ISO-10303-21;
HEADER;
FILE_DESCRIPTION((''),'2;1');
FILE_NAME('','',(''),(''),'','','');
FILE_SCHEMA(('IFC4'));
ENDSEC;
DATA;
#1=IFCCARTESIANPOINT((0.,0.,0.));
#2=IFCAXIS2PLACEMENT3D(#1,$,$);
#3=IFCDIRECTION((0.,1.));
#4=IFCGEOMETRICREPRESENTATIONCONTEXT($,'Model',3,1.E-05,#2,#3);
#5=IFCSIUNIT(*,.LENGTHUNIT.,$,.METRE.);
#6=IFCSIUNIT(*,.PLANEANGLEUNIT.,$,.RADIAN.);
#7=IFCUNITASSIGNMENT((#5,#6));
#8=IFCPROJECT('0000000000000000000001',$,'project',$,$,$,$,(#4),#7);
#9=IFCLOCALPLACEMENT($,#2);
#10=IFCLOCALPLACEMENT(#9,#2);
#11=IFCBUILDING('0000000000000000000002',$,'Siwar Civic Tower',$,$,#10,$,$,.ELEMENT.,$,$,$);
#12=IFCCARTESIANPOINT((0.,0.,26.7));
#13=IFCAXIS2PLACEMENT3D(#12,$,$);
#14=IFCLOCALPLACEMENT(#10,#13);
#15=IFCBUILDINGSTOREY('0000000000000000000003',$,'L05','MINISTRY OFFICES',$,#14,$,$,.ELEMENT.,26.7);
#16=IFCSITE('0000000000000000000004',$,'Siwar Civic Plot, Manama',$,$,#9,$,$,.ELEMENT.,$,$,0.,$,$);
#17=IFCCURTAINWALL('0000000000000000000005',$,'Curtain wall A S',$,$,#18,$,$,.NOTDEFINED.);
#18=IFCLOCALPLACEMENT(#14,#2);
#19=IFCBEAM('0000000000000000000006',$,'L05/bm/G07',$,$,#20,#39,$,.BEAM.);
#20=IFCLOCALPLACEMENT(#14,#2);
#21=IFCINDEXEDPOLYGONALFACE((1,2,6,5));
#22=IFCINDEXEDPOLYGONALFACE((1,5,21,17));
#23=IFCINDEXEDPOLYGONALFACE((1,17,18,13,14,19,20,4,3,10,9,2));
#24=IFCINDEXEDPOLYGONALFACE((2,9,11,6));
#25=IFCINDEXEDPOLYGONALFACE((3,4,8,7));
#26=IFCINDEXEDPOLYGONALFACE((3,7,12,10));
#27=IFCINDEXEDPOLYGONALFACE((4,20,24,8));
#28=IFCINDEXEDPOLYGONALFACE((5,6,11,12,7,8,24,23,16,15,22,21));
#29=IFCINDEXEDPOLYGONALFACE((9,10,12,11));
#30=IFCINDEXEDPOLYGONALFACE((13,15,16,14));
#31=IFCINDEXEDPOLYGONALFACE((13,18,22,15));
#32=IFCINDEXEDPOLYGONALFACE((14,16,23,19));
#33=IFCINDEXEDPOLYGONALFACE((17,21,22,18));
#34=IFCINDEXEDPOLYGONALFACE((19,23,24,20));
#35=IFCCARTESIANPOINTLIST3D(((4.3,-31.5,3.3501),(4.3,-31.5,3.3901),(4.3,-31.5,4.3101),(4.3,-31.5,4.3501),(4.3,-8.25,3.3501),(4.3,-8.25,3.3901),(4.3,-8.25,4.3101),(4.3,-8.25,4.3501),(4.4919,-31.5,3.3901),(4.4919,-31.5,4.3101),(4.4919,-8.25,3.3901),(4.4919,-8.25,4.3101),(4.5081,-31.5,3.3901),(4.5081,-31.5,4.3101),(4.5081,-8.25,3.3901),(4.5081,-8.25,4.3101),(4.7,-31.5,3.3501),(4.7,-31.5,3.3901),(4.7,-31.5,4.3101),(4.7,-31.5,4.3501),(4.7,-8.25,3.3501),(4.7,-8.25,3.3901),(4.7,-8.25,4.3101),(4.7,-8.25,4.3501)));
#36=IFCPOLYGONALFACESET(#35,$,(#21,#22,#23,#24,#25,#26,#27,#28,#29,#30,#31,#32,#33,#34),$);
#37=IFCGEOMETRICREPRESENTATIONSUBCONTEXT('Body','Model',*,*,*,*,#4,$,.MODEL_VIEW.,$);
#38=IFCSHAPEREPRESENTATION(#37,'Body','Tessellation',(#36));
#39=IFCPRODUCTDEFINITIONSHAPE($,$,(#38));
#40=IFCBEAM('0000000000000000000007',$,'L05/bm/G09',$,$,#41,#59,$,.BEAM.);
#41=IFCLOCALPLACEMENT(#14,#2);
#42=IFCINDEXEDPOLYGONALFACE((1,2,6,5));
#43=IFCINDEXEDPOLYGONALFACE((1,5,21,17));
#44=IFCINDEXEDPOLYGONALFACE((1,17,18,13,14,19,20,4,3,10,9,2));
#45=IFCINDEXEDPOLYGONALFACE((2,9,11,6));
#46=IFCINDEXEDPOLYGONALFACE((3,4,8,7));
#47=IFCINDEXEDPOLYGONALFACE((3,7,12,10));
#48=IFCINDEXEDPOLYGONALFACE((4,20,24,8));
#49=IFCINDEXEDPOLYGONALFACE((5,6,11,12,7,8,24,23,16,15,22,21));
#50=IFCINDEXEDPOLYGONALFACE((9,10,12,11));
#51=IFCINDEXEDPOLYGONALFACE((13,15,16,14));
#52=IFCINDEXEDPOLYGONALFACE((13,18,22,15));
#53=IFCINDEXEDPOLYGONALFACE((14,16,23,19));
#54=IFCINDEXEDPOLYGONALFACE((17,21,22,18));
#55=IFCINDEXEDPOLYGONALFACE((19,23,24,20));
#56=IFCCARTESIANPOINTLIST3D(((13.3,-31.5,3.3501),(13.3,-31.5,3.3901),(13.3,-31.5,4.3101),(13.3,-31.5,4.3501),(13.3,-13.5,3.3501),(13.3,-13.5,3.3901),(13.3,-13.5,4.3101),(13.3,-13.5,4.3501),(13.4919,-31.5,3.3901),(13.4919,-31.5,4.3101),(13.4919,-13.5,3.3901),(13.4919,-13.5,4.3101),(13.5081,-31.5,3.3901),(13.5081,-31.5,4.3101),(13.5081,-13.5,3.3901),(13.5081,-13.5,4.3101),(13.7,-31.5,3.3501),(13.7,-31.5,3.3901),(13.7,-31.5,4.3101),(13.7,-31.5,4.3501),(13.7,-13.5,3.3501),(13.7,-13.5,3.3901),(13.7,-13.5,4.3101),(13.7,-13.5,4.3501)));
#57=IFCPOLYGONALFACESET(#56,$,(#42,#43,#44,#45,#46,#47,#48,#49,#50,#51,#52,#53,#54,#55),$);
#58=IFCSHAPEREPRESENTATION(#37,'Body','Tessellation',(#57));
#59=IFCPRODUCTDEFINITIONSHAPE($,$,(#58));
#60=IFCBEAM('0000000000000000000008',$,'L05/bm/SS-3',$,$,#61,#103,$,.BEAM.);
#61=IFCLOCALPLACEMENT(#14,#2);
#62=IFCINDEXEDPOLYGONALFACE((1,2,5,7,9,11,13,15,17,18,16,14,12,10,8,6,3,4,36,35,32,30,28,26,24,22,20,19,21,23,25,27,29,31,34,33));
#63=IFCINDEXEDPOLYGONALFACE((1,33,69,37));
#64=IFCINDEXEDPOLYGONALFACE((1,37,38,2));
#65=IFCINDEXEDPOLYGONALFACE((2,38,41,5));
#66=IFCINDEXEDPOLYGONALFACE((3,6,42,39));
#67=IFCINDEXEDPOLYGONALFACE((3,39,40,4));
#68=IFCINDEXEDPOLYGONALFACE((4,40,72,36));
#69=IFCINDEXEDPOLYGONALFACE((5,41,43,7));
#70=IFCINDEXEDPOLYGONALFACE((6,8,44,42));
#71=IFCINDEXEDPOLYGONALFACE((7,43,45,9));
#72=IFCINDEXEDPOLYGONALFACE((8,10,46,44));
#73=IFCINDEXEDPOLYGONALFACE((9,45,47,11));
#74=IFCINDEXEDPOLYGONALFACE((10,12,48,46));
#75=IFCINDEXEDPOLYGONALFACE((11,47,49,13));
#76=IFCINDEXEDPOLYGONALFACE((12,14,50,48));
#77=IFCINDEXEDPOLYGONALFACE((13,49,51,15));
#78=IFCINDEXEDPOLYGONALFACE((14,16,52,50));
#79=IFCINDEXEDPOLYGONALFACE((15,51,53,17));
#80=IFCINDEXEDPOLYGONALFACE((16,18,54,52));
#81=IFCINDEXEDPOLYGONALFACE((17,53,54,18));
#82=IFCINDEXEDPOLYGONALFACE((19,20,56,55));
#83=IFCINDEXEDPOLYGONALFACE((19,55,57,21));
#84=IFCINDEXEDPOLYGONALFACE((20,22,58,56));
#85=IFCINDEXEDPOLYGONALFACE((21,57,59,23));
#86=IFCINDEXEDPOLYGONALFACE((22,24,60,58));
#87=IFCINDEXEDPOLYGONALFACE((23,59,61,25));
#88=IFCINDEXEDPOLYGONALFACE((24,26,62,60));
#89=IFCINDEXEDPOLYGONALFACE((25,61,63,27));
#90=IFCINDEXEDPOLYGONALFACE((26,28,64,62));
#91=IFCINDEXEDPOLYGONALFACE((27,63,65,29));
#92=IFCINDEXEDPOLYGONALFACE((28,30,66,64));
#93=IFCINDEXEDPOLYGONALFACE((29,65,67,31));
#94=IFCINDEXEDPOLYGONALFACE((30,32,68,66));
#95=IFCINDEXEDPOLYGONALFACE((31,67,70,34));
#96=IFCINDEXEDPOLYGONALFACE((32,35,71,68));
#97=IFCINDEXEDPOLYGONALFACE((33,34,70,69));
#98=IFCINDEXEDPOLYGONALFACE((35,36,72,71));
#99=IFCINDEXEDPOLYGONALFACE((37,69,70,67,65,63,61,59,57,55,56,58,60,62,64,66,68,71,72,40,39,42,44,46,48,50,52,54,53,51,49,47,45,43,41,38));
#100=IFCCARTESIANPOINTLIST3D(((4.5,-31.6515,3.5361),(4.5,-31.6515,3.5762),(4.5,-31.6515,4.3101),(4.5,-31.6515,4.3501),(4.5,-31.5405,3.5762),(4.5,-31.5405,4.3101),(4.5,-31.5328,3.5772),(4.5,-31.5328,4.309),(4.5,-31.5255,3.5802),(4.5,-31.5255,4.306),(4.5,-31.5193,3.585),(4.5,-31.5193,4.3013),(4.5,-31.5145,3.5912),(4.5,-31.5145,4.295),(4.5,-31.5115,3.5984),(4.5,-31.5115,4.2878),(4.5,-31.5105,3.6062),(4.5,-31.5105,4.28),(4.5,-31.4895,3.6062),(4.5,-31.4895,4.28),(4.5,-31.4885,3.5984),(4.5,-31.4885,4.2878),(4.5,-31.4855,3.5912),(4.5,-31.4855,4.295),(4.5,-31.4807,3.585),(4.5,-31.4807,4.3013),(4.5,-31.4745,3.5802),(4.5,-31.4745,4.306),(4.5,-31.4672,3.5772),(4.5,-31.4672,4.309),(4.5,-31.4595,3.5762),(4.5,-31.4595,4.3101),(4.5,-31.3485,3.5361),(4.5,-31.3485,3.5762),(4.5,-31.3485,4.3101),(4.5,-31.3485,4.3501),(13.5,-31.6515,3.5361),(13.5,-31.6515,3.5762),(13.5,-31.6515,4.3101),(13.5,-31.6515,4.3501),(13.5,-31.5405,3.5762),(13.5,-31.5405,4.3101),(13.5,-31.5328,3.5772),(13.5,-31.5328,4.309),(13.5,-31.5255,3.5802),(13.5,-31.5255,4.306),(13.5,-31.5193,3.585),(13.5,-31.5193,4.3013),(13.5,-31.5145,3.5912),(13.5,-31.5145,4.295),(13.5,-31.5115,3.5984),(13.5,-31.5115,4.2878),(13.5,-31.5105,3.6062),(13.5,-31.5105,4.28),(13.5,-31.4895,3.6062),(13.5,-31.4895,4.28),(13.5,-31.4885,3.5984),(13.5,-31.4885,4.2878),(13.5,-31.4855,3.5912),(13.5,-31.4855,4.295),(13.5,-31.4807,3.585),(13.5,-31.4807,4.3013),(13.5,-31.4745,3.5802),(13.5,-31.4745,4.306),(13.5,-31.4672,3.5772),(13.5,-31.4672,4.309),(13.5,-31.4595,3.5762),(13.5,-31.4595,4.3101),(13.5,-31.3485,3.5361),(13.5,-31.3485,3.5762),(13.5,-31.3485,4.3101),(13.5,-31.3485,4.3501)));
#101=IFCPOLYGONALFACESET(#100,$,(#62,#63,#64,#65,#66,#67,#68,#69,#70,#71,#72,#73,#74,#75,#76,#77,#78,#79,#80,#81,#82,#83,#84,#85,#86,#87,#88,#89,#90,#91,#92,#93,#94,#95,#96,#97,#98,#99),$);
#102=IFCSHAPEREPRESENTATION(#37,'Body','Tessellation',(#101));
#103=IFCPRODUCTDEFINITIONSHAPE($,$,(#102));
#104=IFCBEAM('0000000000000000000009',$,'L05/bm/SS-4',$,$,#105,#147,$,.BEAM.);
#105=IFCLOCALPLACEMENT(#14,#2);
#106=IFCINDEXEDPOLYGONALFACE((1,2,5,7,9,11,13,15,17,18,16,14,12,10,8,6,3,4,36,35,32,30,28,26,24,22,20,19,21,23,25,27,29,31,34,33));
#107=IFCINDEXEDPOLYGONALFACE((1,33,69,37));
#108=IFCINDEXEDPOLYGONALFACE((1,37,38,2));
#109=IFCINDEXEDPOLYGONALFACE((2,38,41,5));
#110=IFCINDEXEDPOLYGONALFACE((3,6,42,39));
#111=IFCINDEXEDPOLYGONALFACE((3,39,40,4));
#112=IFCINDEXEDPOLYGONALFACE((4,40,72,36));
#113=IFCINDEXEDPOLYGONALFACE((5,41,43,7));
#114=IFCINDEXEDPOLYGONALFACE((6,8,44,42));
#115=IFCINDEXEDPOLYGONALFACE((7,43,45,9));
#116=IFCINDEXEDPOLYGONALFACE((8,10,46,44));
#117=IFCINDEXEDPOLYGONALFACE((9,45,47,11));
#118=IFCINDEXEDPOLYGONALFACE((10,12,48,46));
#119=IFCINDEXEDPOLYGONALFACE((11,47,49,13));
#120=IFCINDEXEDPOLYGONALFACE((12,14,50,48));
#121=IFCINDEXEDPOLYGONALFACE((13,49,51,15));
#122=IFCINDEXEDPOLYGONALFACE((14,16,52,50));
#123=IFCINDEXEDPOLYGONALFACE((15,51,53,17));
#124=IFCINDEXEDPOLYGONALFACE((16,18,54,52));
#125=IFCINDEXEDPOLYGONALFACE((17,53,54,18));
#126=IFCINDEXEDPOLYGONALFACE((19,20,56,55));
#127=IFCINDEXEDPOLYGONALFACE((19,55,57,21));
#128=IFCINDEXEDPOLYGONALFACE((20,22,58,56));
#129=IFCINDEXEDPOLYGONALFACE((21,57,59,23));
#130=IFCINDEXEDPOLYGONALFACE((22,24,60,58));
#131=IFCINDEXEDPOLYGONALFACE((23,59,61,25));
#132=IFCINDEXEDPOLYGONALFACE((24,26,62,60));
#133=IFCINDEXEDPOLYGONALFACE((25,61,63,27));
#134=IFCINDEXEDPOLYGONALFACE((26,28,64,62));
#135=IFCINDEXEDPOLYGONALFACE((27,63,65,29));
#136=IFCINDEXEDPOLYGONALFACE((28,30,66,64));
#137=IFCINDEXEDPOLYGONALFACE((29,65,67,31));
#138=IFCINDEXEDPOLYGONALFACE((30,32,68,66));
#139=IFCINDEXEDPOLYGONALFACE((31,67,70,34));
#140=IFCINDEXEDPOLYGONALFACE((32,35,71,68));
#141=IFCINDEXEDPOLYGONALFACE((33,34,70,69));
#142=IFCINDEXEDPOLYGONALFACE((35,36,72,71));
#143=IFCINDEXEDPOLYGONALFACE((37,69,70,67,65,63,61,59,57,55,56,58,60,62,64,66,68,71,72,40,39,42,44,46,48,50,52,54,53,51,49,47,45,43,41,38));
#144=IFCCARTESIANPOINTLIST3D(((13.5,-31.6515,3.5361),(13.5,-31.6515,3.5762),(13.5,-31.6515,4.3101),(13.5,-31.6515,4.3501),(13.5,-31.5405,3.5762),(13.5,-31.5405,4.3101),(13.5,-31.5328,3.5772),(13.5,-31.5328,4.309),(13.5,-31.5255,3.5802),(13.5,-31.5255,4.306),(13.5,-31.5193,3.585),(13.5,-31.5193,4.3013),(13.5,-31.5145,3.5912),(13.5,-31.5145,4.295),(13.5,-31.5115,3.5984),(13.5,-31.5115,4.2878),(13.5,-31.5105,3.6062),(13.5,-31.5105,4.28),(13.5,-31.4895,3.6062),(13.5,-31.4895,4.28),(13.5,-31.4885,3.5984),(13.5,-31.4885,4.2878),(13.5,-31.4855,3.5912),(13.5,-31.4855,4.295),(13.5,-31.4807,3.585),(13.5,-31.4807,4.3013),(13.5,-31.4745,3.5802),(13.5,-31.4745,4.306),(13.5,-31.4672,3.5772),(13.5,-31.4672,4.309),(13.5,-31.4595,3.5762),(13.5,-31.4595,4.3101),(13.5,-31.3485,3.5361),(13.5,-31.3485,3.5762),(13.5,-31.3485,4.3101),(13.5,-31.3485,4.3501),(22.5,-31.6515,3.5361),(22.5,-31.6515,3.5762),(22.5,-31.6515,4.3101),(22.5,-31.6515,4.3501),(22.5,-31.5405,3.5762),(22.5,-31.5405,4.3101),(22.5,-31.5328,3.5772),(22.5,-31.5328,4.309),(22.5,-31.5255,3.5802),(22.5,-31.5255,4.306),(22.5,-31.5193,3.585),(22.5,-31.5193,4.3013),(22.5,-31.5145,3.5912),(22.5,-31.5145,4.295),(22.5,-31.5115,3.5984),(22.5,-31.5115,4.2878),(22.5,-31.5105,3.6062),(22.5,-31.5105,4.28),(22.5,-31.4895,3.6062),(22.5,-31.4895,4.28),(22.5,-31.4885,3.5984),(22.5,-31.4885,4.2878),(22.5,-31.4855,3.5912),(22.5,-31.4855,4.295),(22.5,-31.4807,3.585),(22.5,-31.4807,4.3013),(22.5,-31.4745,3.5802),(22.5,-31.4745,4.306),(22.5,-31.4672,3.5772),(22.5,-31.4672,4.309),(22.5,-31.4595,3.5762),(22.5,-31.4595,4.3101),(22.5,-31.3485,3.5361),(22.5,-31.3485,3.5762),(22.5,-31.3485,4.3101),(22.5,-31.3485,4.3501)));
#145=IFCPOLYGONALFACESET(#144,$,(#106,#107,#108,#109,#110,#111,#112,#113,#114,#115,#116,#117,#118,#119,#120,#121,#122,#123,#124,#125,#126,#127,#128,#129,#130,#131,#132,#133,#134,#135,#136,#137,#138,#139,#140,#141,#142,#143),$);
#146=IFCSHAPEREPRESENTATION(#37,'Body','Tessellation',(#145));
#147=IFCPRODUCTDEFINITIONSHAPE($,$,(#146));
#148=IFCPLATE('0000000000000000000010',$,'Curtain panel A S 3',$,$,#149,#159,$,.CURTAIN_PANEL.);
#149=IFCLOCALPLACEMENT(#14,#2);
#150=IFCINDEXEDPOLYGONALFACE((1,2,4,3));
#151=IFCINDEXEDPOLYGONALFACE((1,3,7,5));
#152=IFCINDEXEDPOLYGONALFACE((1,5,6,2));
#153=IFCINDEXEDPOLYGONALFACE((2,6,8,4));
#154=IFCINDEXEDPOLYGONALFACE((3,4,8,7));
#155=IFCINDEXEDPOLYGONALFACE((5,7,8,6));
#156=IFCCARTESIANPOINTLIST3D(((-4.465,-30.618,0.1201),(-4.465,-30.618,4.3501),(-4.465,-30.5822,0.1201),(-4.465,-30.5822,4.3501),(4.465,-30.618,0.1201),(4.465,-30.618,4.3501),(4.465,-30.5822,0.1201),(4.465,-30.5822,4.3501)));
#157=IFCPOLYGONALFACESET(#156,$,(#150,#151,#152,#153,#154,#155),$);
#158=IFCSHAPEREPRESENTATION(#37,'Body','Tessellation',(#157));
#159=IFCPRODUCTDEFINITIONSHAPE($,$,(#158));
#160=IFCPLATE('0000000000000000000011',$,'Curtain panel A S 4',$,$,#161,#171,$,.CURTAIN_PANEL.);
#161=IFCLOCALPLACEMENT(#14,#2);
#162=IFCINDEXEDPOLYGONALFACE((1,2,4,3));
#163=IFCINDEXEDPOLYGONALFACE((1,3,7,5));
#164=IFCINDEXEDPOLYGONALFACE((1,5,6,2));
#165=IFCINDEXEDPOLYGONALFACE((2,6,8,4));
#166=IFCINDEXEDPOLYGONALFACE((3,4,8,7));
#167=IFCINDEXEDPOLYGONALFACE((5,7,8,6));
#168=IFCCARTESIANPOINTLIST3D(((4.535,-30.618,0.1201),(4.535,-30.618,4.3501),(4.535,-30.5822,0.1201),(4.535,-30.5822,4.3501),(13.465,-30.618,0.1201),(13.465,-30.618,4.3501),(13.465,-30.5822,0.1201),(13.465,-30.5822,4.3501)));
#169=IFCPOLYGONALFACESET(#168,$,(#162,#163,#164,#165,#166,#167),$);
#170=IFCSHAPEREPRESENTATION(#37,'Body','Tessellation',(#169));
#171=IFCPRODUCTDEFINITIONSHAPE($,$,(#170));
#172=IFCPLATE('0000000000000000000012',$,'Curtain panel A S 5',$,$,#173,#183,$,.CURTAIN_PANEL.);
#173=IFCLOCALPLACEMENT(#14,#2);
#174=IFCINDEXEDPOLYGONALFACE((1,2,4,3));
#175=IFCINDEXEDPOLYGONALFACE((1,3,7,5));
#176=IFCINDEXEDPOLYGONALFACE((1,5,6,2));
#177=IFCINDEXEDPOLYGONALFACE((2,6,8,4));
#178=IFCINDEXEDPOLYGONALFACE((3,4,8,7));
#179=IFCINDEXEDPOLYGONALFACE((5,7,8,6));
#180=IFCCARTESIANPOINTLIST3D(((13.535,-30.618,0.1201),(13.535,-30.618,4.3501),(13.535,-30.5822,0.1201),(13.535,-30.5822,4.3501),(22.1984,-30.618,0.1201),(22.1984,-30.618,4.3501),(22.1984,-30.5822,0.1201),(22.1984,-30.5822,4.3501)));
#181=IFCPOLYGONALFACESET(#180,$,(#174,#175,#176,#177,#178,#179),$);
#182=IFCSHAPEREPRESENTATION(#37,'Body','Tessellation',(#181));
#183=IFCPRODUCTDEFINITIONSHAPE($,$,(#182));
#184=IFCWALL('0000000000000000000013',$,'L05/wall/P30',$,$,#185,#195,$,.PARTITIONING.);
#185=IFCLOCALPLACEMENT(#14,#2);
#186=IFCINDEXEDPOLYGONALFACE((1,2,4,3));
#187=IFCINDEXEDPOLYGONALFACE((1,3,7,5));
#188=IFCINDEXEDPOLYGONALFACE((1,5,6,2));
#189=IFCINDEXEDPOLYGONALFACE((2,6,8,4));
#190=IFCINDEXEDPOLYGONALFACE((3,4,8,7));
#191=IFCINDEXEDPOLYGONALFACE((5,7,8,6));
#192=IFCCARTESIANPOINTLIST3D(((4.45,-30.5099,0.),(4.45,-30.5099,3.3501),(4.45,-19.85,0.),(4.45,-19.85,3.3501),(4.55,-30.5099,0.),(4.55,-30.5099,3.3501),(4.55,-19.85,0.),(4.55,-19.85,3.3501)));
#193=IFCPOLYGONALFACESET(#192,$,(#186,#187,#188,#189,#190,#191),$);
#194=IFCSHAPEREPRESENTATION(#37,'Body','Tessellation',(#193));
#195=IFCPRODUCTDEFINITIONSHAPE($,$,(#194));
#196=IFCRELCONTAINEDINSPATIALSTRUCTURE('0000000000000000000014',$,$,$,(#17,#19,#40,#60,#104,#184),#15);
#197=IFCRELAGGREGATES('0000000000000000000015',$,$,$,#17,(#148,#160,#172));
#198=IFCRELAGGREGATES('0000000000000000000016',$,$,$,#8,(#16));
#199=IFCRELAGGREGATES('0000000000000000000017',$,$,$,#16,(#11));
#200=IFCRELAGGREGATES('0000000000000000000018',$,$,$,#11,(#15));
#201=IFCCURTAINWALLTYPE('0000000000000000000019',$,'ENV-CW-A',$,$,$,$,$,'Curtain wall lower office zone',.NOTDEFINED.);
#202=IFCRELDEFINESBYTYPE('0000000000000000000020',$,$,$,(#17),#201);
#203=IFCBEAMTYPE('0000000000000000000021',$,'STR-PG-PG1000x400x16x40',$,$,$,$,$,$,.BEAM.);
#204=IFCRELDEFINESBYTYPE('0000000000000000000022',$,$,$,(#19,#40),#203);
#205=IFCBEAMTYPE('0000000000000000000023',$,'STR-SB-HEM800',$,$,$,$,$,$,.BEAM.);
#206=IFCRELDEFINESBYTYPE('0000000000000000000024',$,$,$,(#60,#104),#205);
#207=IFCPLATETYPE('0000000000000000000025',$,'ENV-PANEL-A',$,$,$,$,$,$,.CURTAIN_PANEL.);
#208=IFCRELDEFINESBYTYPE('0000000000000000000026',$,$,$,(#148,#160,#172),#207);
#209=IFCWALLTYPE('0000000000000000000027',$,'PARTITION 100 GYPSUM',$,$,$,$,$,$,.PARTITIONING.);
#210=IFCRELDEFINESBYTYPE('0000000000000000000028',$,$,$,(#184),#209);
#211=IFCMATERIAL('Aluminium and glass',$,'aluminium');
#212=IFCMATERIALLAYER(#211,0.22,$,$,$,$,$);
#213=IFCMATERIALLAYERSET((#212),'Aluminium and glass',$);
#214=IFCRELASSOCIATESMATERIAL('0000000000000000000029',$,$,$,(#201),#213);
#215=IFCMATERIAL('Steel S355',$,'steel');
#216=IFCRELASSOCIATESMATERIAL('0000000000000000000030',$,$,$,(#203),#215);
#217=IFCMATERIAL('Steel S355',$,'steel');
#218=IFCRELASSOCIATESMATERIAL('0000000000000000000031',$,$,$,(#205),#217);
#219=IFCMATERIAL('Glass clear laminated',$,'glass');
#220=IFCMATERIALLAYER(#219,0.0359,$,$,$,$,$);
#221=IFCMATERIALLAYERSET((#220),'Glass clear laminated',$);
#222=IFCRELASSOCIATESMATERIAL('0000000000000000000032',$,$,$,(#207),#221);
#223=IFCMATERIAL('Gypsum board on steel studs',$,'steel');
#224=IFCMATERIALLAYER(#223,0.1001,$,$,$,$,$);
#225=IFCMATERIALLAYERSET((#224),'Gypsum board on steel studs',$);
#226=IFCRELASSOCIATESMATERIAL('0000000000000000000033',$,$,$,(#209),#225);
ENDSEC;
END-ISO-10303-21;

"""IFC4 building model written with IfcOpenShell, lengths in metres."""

from ifc_helpers import new_model, si_unit, direction, frame, frame_2d, origin, origin_2d, place, context, subcontext, project, spatial, rectangle, i_section, extrude, material, layer, layer_set, material_profile, profile_set, type_object, element, aggregate, save


model = new_model("IFC4")

# Units and contexts
model_context = context("Model", 3, precision=1e-05, world=origin(), true_north=direction((0.0, 1.0)))
body_context = subcontext(model_context, "Body", "Model", "MODEL_VIEW")
ifc_project = project(units=[si_unit("LENGTHUNIT", "METRE"), si_unit("PLANEANGLEUNIT", "RADIAN")], contexts=[model_context])

# Site, building, storey
site_placement = place(None, origin())
site = spatial("IfcSite", under=ifc_project, at=site_placement, Name="Siwar Civic Plot, Manama", CompositionType="ELEMENT", RefElevation=0.0)
building_placement = place(site_placement, origin())
building = spatial("IfcBuilding", under=site, at=building_placement, Name="Siwar Civic Tower", CompositionType="ELEMENT")
storey_placement = place(building_placement, frame((0.0, 0.0, 26.7)))
storey = spatial("IfcBuildingStorey", under=building, at=storey_placement, Name="L05", Description="MINISTRY OFFICES", CompositionType="ELEMENT", Elevation=26.7)

# Curtain wall
ifc_material_1 = material(Name="Aluminium and glass", Category="aluminium")
ifc_layer_1 = layer(ifc_material_1, 0.22)
ifc_layer_set_1 = layer_set([ifc_layer_1], Name="Aluminium and glass")
curtain_wall_type_1 = type_object("IfcCurtainWallType", Name="ENV-CW-A", ElementType="Curtain wall lower office zone", PredefinedType="NOTDEFINED", material=ifc_layer_set_1)
curtain_wall_1_placement = place(storey_placement, origin())
curtain_wall_1 = element("IfcCurtainWall", 1, at=curtain_wall_1_placement, inside=storey, type_object=curtain_wall_type_1, Name="Curtain wall A S", PredefinedType="NOTDEFINED")

# Beams
ifc_material_2 = material(Name="Steel S355", Category="steel")
ifc_material_profile_1 = material_profile(ifc_material_2, i_section(OverallWidth=0.3999, OverallDepth=1.0, WebThickness=0.0161, FlangeThickness=0.04, at=origin_2d()), Name="PG1000x400x16x40")
ifc_profile_set_1 = profile_set([ifc_material_profile_1], Name="Steel S355")
beam_type_1 = type_object("IfcBeamType", Name="STR-PG-PG1000x400x16x40", PredefinedType="BEAM", material=ifc_profile_set_1)
beam_1_placement = place(storey_placement, frame((4.5, -31.5, 3.8501), z_axis=(0.0, 1.0, 0.0), x_axis=(-1.0, 0.0, 0.0)))
element("IfcBeam", 2, at=beam_1_placement, inside=storey, type_object=beam_type_1, Name="L05/bm/G07", PredefinedType="BEAM", context=body_context, shape_type="SweptSolid", body=[
    extrude(i_section(OverallWidth=0.3999, OverallDepth=1.0, WebThickness=0.0161, FlangeThickness=0.04, at=origin_2d()), origin(), (0.0, 0.0, 1.0), 23.25),
])
beam_2_placement = place(storey_placement, frame((13.5, -31.5, 3.8501), z_axis=(0.0, 1.0, 0.0), x_axis=(-1.0, 0.0, 0.0)))
element("IfcBeam", 3, at=beam_2_placement, inside=storey, type_object=beam_type_1, Name="L05/bm/G09", PredefinedType="BEAM", context=body_context, shape_type="SweptSolid", body=[
    extrude(i_section(OverallWidth=0.3999, OverallDepth=1.0, WebThickness=0.0161, FlangeThickness=0.04, at=origin_2d()), origin(), (0.0, 0.0, 1.0), 18.0),
])
ifc_material_3 = material(Name="Steel S355", Category="steel")
ifc_material_profile_2 = material_profile(ifc_material_3, i_section(OverallWidth=0.303, OverallDepth=0.814, WebThickness=0.021, FlangeThickness=0.04, FilletRadius=0.03, at=origin_2d()), Name="HEM800")
ifc_profile_set_2 = profile_set([ifc_material_profile_2], Name="Steel S355")
beam_type_2 = type_object("IfcBeamType", Name="STR-SB-HEM800", PredefinedType="BEAM", material=ifc_profile_set_2)
for number, where, z_axis, x_axis, name in (
    (4, (4.5, -31.5, 3.9431), (1.0, 0.0, 0.0), (0.0, 1.0, 0.0), "L05/bm/SS-3"),
    (5, (13.5, -31.5, 3.9431), (1.0, 0.0, 0.0), (0.0, 1.0, 0.0), "L05/bm/SS-4"),
):
    element("IfcBeam", number, at=place(storey_placement, frame(where, z_axis=z_axis, x_axis=x_axis)), inside=storey, type_object=beam_type_2, Name=name, PredefinedType="BEAM", context=body_context, shape_type="SweptSolid", body=[
        extrude(i_section(OverallWidth=0.303, OverallDepth=0.814, WebThickness=0.021, FlangeThickness=0.04, FilletRadius=0.03, at=origin_2d()), origin(), (0.0, 0.0, 1.0), 9.0),
    ])

# Plates
ifc_material_4 = material(Name="Glass clear laminated", Category="glass")
ifc_layer_2 = layer(ifc_material_4, 0.0359)
ifc_layer_set_2 = layer_set([ifc_layer_2], Name="Glass clear laminated")
plate_type = type_object("IfcPlateType", Name="ENV-PANEL-A", PredefinedType="CURTAIN_PANEL", material=ifc_layer_set_2)
plate_1_placement = place(storey_placement, frame((0.0, -30.6001, 0.1201), z_axis=(0.0, 0.0, 1.0), x_axis=(1.0, 0.0, 0.0)))
plate_1 = element("IfcPlate", 6, at=plate_1_placement, type_object=plate_type, Name="Curtain panel A S 3", PredefinedType="CURTAIN_PANEL", context=body_context, shape_type="SweptSolid", body=[
    extrude(rectangle(XDim=8.9299, YDim=0.0359, at=origin_2d()), origin(), (0.0, 0.0, 1.0), 4.23),
])
plate_2_placement = place(storey_placement, frame((9.0, -30.6001, 0.1201), z_axis=(0.0, 0.0, 1.0), x_axis=(1.0, 0.0, 0.0)))
plate_2 = element("IfcPlate", 7, at=plate_2_placement, type_object=plate_type, Name="Curtain panel A S 4", PredefinedType="CURTAIN_PANEL", context=body_context, shape_type="SweptSolid", body=[
    extrude(rectangle(XDim=8.9299, YDim=0.0359, at=origin_2d()), origin(), (0.0, 0.0, 1.0), 4.23),
])
plate_3_placement = place(storey_placement, frame((17.8667, -30.6001, 0.1201), z_axis=(0.0, 0.0, 1.0), x_axis=(1.0, 0.0, 0.0)))
plate_3 = element("IfcPlate", 8, at=plate_3_placement, type_object=plate_type, Name="Curtain panel A S 5", PredefinedType="CURTAIN_PANEL", context=body_context, shape_type="SweptSolid", body=[
    extrude(rectangle(XDim=8.6633, YDim=0.0359, at=origin_2d()), origin(), (0.0, 0.0, 1.0), 4.23),
])
aggregate(curtain_wall_1, [plate_1, plate_2, plate_3])

# Wall
ifc_material_5 = material(Name="Gypsum board on steel studs", Category="steel")
ifc_layer_3 = layer(ifc_material_5, 0.1001)
ifc_layer_set_3 = layer_set([ifc_layer_3], Name="Gypsum board on steel studs")
wall_type = type_object("IfcWallType", Name="PARTITION 100 GYPSUM", PredefinedType="PARTITIONING", material=ifc_layer_set_3)
wall_1_placement = place(storey_placement, frame((4.5, -30.51, 0.0), z_axis=(0.0, 0.0, 1.0), x_axis=(0.0, 1.0, 0.0)))
element("IfcWall", 9, at=wall_1_placement, inside=storey, type_object=wall_type, Name="L05/wall/P30", PredefinedType="PARTITIONING", context=body_context, shape_type="SweptSolid", body=[
    extrude(rectangle(XDim=10.6599, YDim=0.1001, at=frame_2d((5.3301, 0.0))), origin(), (0.0, 0.0, 1.0), 3.3501),
])

save(model, "model.ifc")
